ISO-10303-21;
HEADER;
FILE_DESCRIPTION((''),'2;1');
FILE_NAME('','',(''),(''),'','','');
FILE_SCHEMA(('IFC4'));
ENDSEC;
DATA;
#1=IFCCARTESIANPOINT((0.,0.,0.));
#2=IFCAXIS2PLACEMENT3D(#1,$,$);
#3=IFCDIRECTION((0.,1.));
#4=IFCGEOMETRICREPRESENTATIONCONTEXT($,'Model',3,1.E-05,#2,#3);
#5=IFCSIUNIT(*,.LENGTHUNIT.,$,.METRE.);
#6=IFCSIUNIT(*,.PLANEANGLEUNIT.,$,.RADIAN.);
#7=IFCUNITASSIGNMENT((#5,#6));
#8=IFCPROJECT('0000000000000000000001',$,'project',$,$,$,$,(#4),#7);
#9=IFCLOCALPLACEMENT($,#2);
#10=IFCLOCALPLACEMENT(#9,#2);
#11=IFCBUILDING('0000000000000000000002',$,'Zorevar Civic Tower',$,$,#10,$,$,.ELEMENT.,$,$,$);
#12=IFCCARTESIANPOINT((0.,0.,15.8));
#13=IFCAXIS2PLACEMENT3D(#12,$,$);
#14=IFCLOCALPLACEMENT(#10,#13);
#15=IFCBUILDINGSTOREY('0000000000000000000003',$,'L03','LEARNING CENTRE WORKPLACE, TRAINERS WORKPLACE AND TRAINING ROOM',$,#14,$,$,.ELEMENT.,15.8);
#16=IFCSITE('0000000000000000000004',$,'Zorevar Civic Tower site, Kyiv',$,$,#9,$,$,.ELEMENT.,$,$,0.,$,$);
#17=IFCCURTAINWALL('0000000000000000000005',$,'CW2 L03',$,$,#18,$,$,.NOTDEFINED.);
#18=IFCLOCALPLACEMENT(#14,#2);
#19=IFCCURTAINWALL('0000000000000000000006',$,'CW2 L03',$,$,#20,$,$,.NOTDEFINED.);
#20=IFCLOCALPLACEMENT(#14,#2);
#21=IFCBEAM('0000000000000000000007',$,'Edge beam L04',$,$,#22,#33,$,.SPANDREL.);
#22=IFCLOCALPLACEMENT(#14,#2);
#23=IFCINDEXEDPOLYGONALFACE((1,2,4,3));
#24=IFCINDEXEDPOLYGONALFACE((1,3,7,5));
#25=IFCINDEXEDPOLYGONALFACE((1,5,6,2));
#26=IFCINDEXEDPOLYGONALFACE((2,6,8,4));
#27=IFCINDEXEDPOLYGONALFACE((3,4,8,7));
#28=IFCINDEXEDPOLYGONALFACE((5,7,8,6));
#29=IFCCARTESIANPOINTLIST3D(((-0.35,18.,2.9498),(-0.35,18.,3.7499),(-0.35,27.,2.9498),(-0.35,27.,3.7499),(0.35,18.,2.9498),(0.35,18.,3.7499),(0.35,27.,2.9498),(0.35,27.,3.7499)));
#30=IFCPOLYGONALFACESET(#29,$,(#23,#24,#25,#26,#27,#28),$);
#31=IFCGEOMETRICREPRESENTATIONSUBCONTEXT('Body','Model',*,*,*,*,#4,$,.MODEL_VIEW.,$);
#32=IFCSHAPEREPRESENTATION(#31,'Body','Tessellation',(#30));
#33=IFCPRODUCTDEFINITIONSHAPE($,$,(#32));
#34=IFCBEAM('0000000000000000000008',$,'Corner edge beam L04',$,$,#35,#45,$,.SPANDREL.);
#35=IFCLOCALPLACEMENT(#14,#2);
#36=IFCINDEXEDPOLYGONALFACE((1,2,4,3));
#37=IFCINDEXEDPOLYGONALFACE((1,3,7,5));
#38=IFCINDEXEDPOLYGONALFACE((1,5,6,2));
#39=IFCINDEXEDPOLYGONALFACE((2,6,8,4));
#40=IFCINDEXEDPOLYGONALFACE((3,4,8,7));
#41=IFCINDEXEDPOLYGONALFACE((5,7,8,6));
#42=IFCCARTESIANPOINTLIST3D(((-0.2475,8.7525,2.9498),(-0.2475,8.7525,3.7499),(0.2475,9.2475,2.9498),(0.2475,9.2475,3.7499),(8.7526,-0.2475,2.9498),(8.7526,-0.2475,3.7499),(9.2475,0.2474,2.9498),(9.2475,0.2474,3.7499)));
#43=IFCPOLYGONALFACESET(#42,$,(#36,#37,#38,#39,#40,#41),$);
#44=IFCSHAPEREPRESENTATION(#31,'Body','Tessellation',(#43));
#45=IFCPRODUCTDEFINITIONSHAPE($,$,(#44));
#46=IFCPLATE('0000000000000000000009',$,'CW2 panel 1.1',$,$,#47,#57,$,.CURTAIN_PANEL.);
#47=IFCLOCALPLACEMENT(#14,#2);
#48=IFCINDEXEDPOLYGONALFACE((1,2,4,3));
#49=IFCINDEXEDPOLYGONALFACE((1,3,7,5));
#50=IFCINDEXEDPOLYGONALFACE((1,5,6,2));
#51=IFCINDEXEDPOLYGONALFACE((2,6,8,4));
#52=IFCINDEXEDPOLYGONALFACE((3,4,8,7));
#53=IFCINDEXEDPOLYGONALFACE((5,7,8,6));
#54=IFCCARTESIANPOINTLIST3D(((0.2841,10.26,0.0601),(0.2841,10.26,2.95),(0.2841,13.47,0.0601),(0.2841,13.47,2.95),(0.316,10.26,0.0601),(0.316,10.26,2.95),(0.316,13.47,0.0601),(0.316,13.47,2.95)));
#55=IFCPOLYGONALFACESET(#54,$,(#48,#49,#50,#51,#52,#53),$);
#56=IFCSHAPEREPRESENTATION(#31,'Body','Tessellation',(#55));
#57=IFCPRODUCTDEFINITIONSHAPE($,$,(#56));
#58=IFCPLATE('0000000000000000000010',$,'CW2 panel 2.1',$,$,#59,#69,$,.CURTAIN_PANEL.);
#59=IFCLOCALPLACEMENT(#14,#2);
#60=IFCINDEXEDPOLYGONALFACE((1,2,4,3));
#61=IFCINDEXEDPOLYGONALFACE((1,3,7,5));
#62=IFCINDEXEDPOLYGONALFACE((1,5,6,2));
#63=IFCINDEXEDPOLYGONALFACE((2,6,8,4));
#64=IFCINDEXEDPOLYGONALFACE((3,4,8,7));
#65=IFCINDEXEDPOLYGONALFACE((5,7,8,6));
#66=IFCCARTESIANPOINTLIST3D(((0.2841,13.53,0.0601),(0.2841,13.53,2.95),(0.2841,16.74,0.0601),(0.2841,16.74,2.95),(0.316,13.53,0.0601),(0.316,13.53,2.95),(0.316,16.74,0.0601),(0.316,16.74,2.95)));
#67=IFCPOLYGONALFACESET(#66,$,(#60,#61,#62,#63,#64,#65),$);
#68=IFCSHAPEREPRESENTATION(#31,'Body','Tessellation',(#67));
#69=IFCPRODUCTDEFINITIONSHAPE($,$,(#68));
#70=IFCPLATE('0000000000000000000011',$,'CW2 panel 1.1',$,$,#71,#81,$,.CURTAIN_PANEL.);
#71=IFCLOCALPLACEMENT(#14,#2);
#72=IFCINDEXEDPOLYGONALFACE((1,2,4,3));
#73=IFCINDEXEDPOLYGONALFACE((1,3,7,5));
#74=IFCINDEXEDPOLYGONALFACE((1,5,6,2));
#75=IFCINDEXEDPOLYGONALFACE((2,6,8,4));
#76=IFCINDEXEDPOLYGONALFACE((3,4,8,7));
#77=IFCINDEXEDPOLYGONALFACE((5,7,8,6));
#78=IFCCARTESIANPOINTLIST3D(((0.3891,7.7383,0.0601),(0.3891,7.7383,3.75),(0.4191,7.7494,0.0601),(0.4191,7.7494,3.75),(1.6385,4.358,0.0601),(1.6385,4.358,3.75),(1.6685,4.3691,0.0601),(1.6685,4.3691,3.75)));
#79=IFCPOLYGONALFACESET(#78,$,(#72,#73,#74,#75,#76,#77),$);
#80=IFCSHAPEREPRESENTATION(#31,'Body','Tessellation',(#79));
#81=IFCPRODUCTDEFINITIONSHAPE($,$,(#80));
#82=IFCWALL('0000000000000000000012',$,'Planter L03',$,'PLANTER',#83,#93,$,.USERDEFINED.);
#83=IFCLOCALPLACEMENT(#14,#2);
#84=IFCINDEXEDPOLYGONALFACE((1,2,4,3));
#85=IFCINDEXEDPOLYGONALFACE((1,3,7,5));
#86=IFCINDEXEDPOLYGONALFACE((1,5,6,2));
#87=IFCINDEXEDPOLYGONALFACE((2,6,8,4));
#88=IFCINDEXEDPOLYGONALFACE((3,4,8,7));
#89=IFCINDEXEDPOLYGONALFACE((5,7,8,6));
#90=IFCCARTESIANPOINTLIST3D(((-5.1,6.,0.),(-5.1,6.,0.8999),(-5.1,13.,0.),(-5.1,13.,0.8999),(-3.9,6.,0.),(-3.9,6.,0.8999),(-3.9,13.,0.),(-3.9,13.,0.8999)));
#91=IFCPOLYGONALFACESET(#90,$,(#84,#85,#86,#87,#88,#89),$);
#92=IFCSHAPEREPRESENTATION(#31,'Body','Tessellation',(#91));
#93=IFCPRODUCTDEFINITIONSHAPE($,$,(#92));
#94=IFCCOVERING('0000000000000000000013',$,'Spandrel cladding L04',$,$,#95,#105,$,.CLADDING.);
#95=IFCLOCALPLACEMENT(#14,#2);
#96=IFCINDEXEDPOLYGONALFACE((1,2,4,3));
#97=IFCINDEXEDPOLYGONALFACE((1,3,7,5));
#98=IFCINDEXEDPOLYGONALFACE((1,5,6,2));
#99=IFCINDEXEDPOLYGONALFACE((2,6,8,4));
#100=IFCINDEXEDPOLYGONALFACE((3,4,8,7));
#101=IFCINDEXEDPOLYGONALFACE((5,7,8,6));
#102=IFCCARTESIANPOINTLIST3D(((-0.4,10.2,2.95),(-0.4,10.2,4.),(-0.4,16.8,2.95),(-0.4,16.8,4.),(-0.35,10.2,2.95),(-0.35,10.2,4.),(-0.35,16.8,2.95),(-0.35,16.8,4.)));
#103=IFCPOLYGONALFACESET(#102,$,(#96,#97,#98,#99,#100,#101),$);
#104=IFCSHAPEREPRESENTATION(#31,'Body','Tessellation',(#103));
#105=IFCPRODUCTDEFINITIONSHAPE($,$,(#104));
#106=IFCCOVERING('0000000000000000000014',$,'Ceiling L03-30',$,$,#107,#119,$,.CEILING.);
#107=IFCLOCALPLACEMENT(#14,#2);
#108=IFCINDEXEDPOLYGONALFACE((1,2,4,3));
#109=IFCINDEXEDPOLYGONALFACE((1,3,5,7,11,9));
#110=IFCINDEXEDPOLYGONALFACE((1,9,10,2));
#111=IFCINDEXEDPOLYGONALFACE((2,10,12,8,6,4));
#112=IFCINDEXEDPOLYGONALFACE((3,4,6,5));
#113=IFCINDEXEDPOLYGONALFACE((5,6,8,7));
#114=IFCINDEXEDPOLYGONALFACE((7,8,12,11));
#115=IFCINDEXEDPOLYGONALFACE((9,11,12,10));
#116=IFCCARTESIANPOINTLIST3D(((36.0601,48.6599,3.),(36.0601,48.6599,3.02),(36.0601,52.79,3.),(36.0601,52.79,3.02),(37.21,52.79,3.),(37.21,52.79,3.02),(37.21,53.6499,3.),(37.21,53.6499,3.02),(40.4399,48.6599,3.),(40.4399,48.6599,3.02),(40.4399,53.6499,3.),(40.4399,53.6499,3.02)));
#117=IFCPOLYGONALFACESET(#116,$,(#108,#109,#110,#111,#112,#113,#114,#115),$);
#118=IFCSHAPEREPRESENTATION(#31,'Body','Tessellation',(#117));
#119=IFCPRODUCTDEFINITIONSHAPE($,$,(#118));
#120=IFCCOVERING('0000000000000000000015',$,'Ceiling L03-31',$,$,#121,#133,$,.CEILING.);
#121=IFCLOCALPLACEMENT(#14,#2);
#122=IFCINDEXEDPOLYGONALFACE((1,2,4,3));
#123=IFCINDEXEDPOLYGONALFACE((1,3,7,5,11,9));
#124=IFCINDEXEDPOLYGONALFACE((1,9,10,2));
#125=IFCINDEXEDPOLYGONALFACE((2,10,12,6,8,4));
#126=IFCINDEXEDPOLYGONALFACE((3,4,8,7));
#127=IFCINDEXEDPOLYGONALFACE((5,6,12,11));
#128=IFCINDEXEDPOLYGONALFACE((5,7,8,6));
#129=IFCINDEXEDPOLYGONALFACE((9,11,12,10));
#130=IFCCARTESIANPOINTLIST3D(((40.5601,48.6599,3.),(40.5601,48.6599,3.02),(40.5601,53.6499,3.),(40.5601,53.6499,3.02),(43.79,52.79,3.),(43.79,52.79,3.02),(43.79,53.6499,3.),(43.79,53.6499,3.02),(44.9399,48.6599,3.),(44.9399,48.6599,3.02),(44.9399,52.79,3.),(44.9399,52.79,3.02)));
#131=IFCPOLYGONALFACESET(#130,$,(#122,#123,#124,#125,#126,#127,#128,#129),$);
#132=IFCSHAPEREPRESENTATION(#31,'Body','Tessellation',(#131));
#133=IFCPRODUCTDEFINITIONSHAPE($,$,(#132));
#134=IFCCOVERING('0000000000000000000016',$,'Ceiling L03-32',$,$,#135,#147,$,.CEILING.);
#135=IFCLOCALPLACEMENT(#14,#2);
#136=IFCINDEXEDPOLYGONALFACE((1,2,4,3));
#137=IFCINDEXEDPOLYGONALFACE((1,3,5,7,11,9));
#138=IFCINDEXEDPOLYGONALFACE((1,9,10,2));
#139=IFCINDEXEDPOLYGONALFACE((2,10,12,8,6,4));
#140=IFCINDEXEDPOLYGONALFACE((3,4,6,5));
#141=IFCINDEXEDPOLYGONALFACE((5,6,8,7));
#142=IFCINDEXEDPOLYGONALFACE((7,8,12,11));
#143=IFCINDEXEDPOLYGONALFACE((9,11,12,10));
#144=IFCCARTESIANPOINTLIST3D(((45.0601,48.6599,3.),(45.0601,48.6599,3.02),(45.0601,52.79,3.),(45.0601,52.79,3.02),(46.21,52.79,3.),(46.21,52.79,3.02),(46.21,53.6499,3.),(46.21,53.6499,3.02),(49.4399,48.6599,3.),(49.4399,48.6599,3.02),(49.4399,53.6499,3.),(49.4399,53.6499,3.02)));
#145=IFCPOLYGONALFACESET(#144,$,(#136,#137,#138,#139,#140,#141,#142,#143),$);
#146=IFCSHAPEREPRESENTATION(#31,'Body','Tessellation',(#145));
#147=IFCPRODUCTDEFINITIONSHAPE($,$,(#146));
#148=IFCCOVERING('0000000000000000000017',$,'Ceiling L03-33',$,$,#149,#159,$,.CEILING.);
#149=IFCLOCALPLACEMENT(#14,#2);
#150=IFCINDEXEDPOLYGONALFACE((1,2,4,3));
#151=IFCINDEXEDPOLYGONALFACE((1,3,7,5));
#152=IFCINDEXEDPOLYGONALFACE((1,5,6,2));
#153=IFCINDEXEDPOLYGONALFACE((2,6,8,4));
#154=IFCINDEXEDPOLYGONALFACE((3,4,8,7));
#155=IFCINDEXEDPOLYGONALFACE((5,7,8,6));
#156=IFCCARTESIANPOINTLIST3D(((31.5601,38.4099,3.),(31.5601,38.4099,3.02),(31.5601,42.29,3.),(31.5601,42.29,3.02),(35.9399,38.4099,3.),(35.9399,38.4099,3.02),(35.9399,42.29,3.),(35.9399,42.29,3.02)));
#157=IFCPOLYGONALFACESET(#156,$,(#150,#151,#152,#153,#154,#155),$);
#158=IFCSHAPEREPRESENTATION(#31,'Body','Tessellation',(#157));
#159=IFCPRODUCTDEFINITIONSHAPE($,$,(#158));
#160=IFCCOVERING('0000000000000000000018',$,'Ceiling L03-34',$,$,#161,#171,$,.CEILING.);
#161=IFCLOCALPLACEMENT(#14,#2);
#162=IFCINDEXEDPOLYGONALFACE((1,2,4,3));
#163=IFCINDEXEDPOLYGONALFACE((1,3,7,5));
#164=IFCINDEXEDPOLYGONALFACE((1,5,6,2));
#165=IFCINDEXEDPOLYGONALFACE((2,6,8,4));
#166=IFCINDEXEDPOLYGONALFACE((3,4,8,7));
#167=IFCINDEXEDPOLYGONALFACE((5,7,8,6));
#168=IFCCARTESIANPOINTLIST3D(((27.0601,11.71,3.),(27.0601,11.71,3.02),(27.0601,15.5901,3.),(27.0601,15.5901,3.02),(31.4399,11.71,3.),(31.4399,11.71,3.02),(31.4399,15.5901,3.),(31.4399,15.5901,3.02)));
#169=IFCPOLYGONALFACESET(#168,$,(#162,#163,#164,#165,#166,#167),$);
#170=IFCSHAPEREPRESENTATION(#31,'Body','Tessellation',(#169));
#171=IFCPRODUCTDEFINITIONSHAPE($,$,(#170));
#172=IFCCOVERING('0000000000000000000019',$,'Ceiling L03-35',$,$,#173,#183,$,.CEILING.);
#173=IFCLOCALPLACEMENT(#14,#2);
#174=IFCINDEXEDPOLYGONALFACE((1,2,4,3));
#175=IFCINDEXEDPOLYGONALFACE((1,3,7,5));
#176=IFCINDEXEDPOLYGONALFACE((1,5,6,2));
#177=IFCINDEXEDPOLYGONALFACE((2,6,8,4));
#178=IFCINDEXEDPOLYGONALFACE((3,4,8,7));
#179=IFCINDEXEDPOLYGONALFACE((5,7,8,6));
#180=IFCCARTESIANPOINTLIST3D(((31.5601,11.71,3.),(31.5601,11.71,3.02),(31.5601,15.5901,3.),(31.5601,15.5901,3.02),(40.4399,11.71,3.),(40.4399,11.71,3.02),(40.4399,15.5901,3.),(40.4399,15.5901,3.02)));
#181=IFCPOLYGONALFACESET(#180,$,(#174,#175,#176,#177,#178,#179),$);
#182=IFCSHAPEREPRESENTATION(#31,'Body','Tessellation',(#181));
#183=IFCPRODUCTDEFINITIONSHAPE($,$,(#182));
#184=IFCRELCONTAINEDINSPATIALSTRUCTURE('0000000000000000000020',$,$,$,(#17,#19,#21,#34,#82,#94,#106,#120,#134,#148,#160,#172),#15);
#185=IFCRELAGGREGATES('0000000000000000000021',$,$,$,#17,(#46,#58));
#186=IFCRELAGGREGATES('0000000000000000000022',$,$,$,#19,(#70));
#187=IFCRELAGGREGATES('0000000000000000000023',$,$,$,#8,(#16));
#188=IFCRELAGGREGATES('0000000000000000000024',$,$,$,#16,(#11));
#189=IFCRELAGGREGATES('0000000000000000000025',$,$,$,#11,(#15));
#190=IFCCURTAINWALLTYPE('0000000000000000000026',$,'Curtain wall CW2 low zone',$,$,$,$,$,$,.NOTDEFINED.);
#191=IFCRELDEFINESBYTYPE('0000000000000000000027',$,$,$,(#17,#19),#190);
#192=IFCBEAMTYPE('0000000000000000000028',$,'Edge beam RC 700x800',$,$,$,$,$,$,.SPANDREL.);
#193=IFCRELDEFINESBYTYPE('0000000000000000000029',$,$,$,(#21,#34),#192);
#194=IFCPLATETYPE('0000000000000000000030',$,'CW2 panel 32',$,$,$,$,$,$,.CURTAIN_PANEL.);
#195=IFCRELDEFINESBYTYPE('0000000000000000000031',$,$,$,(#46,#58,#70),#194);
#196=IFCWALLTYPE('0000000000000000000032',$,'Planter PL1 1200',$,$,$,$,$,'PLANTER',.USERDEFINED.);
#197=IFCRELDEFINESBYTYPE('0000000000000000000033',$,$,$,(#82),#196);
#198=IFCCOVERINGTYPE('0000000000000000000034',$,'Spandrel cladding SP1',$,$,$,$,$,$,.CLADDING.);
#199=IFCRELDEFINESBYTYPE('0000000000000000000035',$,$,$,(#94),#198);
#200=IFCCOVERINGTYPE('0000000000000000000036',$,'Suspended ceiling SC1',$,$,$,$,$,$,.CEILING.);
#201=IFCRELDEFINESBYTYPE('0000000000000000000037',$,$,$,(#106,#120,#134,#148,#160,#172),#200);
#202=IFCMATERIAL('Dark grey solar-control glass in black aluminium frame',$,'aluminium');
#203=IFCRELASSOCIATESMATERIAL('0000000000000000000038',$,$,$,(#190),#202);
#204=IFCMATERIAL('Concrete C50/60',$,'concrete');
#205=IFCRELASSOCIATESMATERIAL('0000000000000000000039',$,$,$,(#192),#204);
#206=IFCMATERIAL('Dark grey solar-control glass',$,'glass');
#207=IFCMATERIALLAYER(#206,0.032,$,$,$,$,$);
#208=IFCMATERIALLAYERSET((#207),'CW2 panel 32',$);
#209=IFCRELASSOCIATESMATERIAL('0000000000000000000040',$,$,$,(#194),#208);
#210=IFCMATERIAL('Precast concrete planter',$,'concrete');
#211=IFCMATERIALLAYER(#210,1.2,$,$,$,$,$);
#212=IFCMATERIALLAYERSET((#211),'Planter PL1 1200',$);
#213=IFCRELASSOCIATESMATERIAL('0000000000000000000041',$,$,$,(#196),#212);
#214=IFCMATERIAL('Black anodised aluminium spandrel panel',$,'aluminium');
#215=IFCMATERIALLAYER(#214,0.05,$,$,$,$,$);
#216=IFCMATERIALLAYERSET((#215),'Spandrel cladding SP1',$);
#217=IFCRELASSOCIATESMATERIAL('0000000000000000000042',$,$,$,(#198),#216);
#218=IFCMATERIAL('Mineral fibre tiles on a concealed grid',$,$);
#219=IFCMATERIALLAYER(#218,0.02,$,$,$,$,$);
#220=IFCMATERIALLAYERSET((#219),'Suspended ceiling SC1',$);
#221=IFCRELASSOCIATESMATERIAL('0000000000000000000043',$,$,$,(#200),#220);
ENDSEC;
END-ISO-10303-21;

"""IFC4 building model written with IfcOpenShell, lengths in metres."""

from ifc_helpers import new_model, si_unit, direction, frame, frame_2d, origin, origin_2d, place, context, subcontext, project, spatial, polyline, rectangle, outline, extrude, material, layer, layer_set, material_profile, profile_set, type_object, element, aggregate, save


model = new_model("IFC4")

# Units and contexts
model_context = context("Model", 3, precision=1e-05, world=origin(), true_north=direction((0.0, 1.0)))
body_context = subcontext(model_context, "Body", "Model", "MODEL_VIEW")
ifc_project = project(units=[si_unit("LENGTHUNIT", "METRE"), si_unit("PLANEANGLEUNIT", "RADIAN")], contexts=[model_context])

# Site, building, storey
site_placement = place(None, origin())
site = spatial("IfcSite", under=ifc_project, at=site_placement, Name="Zorevar Civic Tower site, Kyiv", CompositionType="ELEMENT", RefElevation=0.0)
building_placement = place(site_placement, origin())
building = spatial("IfcBuilding", under=site, at=building_placement, Name="Zorevar Civic Tower", CompositionType="ELEMENT")
storey_placement = place(building_placement, frame((0.0, 0.0, 15.8)))
storey = spatial("IfcBuildingStorey", under=building, at=storey_placement, Name="L03", Description="LEARNING CENTRE WORKPLACE, TRAINERS WORKPLACE AND TRAINING ROOM", CompositionType="ELEMENT", Elevation=15.8)

# Curtain wall
ifc_material_1 = material(Name="Dark grey solar-control glass in black aluminium frame", Category="aluminium")
curtain_wall_type = type_object("IfcCurtainWallType", Name="Curtain wall CW2 low zone", PredefinedType="NOTDEFINED", material=ifc_material_1)
curtain_wall_1_placement = place(storey_placement, origin())
curtain_wall_1 = element("IfcCurtainWall", 1, at=curtain_wall_1_placement, inside=storey, type_object=curtain_wall_type, Name="CW2 L03", PredefinedType="NOTDEFINED")

# Curtain wall
curtain_wall_2_placement = place(storey_placement, origin())
curtain_wall_2 = element("IfcCurtainWall", 2, at=curtain_wall_2_placement, inside=storey, type_object=curtain_wall_type, Name="CW2 L03", PredefinedType="NOTDEFINED")

# Beams
ifc_material_2 = material(Name="Concrete C50/60", Category="concrete")
ifc_material_profile_1 = material_profile(ifc_material_2, rectangle(XDim=0.7, YDim=0.8, at=origin_2d()), Name="RC 700x800")
ifc_profile_set_1 = profile_set([ifc_material_profile_1], Name="Concrete C50/60")
beam_type_1 = type_object("IfcBeamType", Name="Edge beam RC 700x800", PredefinedType="SPANDREL", material=ifc_profile_set_1)
for number, where, z_axis, x_axis, name in (
    (3, (0.0, 18.0, 3.3499), (0.0, 1.0, 0.0), (-1.0, 0.0, 0.0), "Edge beam L04"),
):
    element("IfcBeam", number, at=place(storey_placement, frame(where, z_axis=z_axis, x_axis=x_axis)), inside=storey, type_object=beam_type_1, Name=name, PredefinedType="SPANDREL", context=body_context, shape_type="SweptSolid", body=[
        extrude(rectangle(XDim=0.7, YDim=0.8, at=origin_2d()), origin(), (0.0, 0.0, 1.0), 9.0),
    ])
beam_1_placement = place(storey_placement, frame((0.0, 9.0, 3.3499), z_axis=(0.707107, -0.707107, 0.0), x_axis=(0.707107, 0.707107, 0.0)))
element("IfcBeam", 4, at=beam_1_placement, inside=storey, type_object=beam_type_1, Name="Corner edge beam L04", PredefinedType="SPANDREL", context=body_context, shape_type="SweptSolid", body=[
    extrude(rectangle(XDim=0.7, YDim=0.8, at=origin_2d()), origin(), (0.0, 0.0, 1.0), 12.728),
])

# Plates
ifc_material_3 = material(Name="Dark grey solar-control glass", Category="glass")
ifc_layer_1 = layer(ifc_material_3, 0.032)
ifc_layer_set_1 = layer_set([ifc_layer_1], Name="CW2 panel 32")
plate_type = type_object("IfcPlateType", Name="CW2 panel 32", PredefinedType="CURTAIN_PANEL", material=ifc_layer_set_1)
plate_1_placement = place(storey_placement, frame((0.3, 11.865, 0.0601), z_axis=(0.0, 0.0, 1.0), x_axis=(0.0, 1.0, 0.0)))
plate_1 = element("IfcPlate", 5, at=plate_1_placement, type_object=plate_type, Name="CW2 panel 1.1", PredefinedType="CURTAIN_PANEL", context=body_context, shape_type="SweptSolid", body=[
    extrude(rectangle(XDim=3.21, YDim=0.032, at=origin_2d()), origin(), (0.0, 0.0, 1.0), 2.8899),
])
plate_2_placement = place(storey_placement, frame((0.3, 15.135, 0.0601), z_axis=(0.0, 0.0, 1.0), x_axis=(0.0, 1.0, 0.0)))
plate_2 = element("IfcPlate", 6, at=plate_2_placement, type_object=plate_type, Name="CW2 panel 2.1", PredefinedType="CURTAIN_PANEL", context=body_context, shape_type="SweptSolid", body=[
    extrude(rectangle(XDim=3.21, YDim=0.032, at=origin_2d()), origin(), (0.0, 0.0, 1.0), 2.8899),
])
aggregate(curtain_wall_1, [plate_1, plate_2])
plate_3_placement = place(storey_placement, frame((1.0288, 6.0537, 0.0601), z_axis=(0.0, 0.0, 1.0), x_axis=(0.346704, -0.937975, 0.0)))
plate_3 = element("IfcPlate", 7, at=plate_3_placement, type_object=plate_type, Name="CW2 panel 1.1", PredefinedType="CURTAIN_PANEL", context=body_context, shape_type="SweptSolid", body=[
    extrude(rectangle(XDim=3.6038, YDim=0.032, at=origin_2d()), origin(), (0.0, 0.0, 1.0), 3.6899),
])
aggregate(curtain_wall_2, [plate_3])

# Wall
ifc_material_4 = material(Name="Precast concrete planter", Category="concrete")
ifc_layer_2 = layer(ifc_material_4, 1.2)
ifc_layer_set_2 = layer_set([ifc_layer_2], Name="Planter PL1 1200")
wall_type = type_object("IfcWallType", Name="Planter PL1 1200", ElementType="PLANTER", PredefinedType="USERDEFINED", material=ifc_layer_set_2)
wall_placement = place(storey_placement, frame((-4.5, 6.0, 0.0), z_axis=(0.0, 0.0, 1.0), x_axis=(0.0, 1.0, 0.0)))
element("IfcWall", 8, at=wall_placement, inside=storey, type_object=wall_type, Name="Planter L03", ObjectType="PLANTER", PredefinedType="USERDEFINED", context=body_context, shape_type="SweptSolid", body=[
    extrude(rectangle(XDim=7.0, YDim=1.2, at=frame_2d((3.5, 0.0))), origin(), (0.0, 0.0, 1.0), 0.8999),
])

# Coverings
ifc_material_5 = material(Name="Black anodised aluminium spandrel panel", Category="aluminium")
ifc_layer_3 = layer(ifc_material_5, 0.05)
ifc_layer_set_3 = layer_set([ifc_layer_3], Name="Spandrel cladding SP1")
covering_type_1 = type_object("IfcCoveringType", Name="Spandrel cladding SP1", PredefinedType="CLADDING", material=ifc_layer_set_3)
covering_1_placement = place(storey_placement, frame((-0.375, 10.2, 2.95), z_axis=(0.0, 0.0, 1.0), x_axis=(0.0, 1.0, 0.0)))
element("IfcCovering", 9, at=covering_1_placement, inside=storey, type_object=covering_type_1, Name="Spandrel cladding L04", PredefinedType="CLADDING", context=body_context, shape_type="SweptSolid", body=[
    extrude(rectangle(XDim=6.6001, YDim=0.05, at=frame_2d((3.3, 0.0))), origin(), (0.0, 0.0, 1.0), 1.05),
])
ifc_material_6 = material(Name="Mineral fibre tiles on a concealed grid")
ifc_layer_4 = layer(ifc_material_6, 0.02)
ifc_layer_set_4 = layer_set([ifc_layer_4], Name="Suspended ceiling SC1")
covering_type_2 = type_object("IfcCoveringType", Name="Suspended ceiling SC1", PredefinedType="CEILING", material=ifc_layer_set_4)
covering_2_placement = place(storey_placement, frame((0.0, 0.0, 3.0)))
element("IfcCovering", 10, at=covering_2_placement, inside=storey, type_object=covering_type_2, Name="Ceiling L03-30", PredefinedType="CEILING", context=body_context, shape_type="SweptSolid", body=[
    extrude(outline(polyline([(36.0601, 48.6599), (36.0601, 52.79), (37.21, 52.79), (37.21, 53.6499), (40.4399, 53.6499), (40.4399, 48.6599), (36.0601, 48.6599)])), origin(), (0.0, 0.0, 1.0), 0.02),
])
covering_3_placement = place(storey_placement, frame((0.0, 0.0, 3.0)))
element("IfcCovering", 11, at=covering_3_placement, inside=storey, type_object=covering_type_2, Name="Ceiling L03-31", PredefinedType="CEILING", context=body_context, shape_type="SweptSolid", body=[
    extrude(outline(polyline([(40.5601, 48.6599), (40.5601, 53.6499), (43.79, 53.6499), (43.79, 52.79), (44.9399, 52.79), (44.9399, 48.6599), (40.5601, 48.6599)])), origin(), (0.0, 0.0, 1.0), 0.02),
])
covering_4_placement = place(storey_placement, frame((0.0, 0.0, 3.0)))
element("IfcCovering", 12, at=covering_4_placement, inside=storey, type_object=covering_type_2, Name="Ceiling L03-32", PredefinedType="CEILING", context=body_context, shape_type="SweptSolid", body=[
    extrude(outline(polyline([(45.0601, 48.6599), (45.0601, 52.79), (46.21, 52.79), (46.21, 53.6499), (49.4399, 53.6499), (49.4399, 48.6599), (45.0601, 48.6599)])), origin(), (0.0, 0.0, 1.0), 0.02),
])
covering_5_placement = place(storey_placement, frame((0.0, 0.0, 3.0)))
element("IfcCovering", 13, at=covering_5_placement, inside=storey, type_object=covering_type_2, Name="Ceiling L03-33", PredefinedType="CEILING", context=body_context, shape_type="SweptSolid", body=[
    extrude(outline(polyline([(35.9399, 42.29), (35.9399, 38.4099), (31.5601, 38.4099), (31.5601, 42.29), (35.9399, 42.29)])), origin(), (0.0, 0.0, 1.0), 0.02),
])
covering_6_placement = place(storey_placement, frame((0.0, 0.0, 3.0)))
element("IfcCovering", 14, at=covering_6_placement, inside=storey, type_object=covering_type_2, Name="Ceiling L03-34", PredefinedType="CEILING", context=body_context, shape_type="SweptSolid", body=[
    extrude(outline(polyline([(27.0601, 15.5901), (31.4399, 15.5901), (31.4399, 11.71), (27.0601, 11.71), (27.0601, 15.5901)])), origin(), (0.0, 0.0, 1.0), 0.02),
])
covering_7_placement = place(storey_placement, frame((0.0, 0.0, 3.0)))
element("IfcCovering", 15, at=covering_7_placement, inside=storey, type_object=covering_type_2, Name="Ceiling L03-35", PredefinedType="CEILING", context=body_context, shape_type="SweptSolid", body=[
    extrude(outline(polyline([(40.4399, 15.5901), (40.4399, 11.71), (31.5601, 11.71), (31.5601, 15.5901), (40.4399, 15.5901)])), origin(), (0.0, 0.0, 1.0), 0.02),
])

save(model, "model.ifc")
